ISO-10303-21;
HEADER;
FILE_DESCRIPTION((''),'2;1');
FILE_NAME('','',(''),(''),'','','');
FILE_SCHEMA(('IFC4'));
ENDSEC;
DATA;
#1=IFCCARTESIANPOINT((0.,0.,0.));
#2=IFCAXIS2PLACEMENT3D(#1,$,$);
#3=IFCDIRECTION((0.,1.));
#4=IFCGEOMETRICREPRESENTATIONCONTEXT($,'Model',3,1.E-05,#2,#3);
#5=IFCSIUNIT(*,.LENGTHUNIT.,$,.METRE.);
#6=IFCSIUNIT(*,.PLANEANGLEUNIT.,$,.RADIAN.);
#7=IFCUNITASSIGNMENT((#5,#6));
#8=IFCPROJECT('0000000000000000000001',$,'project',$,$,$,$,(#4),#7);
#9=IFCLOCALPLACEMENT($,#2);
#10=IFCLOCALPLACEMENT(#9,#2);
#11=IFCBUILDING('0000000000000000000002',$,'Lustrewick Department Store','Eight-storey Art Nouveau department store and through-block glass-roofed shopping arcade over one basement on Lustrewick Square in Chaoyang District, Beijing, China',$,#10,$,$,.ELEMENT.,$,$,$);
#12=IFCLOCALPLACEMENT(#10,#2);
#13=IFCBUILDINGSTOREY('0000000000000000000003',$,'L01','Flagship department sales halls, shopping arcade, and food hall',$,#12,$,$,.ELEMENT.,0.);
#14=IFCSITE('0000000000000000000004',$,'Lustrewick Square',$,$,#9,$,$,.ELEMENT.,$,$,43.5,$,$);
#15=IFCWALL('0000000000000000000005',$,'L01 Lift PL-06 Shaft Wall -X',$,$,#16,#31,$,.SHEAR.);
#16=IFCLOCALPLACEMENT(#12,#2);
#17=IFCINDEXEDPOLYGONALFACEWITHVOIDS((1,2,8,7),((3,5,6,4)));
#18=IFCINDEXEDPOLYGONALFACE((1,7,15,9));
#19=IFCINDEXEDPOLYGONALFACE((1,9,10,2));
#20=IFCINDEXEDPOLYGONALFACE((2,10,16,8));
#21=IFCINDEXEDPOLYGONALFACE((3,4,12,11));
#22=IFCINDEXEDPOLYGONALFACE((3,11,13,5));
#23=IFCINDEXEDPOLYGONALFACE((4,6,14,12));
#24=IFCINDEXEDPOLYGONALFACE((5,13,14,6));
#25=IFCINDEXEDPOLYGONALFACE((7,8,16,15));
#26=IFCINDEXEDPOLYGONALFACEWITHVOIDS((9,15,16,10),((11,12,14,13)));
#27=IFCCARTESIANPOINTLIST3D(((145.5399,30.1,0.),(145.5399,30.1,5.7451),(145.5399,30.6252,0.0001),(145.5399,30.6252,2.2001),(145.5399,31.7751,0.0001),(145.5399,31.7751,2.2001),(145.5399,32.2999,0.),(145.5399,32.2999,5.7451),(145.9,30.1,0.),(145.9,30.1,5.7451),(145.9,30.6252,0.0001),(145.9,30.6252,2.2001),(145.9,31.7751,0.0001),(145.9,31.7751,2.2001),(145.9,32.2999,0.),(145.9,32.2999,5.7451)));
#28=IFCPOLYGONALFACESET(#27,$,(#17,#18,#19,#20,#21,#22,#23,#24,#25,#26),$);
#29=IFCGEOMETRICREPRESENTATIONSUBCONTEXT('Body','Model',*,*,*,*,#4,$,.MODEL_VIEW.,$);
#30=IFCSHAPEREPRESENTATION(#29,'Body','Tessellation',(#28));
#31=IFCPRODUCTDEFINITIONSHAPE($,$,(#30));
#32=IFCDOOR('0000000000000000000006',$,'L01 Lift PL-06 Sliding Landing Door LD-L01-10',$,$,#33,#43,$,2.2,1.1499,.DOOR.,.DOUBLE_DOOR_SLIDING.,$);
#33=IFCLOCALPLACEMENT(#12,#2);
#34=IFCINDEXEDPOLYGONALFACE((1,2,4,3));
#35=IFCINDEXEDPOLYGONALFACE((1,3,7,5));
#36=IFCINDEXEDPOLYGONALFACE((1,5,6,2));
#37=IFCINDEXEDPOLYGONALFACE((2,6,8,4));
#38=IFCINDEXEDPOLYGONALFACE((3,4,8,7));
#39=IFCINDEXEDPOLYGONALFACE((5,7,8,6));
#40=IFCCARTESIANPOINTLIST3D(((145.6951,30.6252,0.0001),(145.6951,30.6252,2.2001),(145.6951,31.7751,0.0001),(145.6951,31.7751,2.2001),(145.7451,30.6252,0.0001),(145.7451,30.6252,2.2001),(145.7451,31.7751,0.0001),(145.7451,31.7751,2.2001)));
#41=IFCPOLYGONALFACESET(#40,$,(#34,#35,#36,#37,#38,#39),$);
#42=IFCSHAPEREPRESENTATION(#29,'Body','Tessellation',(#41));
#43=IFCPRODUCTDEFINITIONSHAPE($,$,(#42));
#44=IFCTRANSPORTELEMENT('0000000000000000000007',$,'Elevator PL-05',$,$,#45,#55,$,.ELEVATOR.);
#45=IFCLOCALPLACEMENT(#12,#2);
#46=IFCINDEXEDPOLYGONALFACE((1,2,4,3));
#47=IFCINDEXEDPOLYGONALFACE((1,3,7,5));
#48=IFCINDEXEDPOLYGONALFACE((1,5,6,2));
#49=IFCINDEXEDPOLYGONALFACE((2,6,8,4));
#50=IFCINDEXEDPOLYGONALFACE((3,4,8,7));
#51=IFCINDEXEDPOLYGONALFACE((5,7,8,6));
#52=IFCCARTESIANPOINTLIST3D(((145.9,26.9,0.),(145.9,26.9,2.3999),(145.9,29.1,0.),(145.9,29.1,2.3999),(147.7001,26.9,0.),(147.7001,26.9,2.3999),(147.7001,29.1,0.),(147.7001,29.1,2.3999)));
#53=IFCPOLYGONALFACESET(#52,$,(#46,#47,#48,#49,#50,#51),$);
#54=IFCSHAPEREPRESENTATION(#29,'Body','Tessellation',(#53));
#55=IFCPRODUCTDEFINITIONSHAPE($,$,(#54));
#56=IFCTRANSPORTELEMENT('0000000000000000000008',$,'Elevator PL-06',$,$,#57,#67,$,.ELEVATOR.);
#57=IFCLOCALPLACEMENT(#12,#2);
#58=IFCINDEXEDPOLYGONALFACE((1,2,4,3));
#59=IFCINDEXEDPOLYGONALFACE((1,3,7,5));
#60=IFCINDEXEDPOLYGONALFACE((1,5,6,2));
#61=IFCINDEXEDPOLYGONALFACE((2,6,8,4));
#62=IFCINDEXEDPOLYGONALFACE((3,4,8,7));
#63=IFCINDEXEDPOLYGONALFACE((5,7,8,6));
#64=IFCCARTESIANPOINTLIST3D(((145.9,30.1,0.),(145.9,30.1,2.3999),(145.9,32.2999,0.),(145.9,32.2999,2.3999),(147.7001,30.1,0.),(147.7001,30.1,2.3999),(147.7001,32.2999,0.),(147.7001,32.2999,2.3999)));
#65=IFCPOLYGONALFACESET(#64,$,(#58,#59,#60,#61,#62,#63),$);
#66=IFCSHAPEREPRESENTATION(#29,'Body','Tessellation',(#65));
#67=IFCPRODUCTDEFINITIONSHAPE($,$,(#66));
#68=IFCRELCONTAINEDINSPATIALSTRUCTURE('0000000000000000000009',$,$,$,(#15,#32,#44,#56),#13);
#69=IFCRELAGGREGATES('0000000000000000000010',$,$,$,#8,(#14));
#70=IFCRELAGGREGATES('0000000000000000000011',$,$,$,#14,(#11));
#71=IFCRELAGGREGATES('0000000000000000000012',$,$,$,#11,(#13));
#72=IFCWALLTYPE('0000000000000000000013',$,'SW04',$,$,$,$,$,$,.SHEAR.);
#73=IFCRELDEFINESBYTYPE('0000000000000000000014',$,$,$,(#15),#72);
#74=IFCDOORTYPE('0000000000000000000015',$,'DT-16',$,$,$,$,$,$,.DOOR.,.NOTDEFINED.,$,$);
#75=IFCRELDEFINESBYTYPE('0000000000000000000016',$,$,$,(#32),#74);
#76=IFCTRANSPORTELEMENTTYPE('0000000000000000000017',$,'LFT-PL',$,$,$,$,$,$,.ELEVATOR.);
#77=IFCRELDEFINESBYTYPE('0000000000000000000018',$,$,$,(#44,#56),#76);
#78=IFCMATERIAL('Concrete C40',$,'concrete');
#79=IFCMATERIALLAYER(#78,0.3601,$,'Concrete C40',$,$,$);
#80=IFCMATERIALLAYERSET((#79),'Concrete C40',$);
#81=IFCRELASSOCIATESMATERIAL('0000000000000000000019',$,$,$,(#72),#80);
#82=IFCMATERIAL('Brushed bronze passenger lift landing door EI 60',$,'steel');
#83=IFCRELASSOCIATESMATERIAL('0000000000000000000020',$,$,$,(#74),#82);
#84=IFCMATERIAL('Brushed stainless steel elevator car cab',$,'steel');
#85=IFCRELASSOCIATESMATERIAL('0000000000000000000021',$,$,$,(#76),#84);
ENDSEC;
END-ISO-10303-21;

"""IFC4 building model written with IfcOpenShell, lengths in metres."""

from ifc_helpers import new_model, si_unit, direction, frame, frame_2d, origin, origin_2d, place, context, subcontext, project, spatial, rectangle, extrude, material, layer, layer_set, type_object, element, fill, save


model = new_model("IFC4")

# Units and contexts
model_context = context("Model", 3, precision=1e-05, world=origin(), true_north=direction((0.0, 1.0)))
body_context = subcontext(model_context, "Body", "Model", "MODEL_VIEW")
ifc_project = project(units=[si_unit("LENGTHUNIT", "METRE"), si_unit("PLANEANGLEUNIT", "RADIAN")], contexts=[model_context])

# Site, building, storey
site_placement = place(None, origin())
site = spatial("IfcSite", under=ifc_project, at=site_placement, Name="Lustrewick Square", CompositionType="ELEMENT", RefElevation=43.5)
building_placement = place(site_placement, origin())
building = spatial("IfcBuilding", under=site, at=building_placement, Name="Lustrewick Department Store", Description="Eight-storey Art Nouveau department store and through-block glass-roofed shopping arcade over one basement on Lustrewick Square in Chaoyang District, Beijing, China", CompositionType="ELEMENT")
storey_placement = place(building_placement, origin())
storey = spatial("IfcBuildingStorey", under=building, at=storey_placement, Name="L01", Description="Flagship department sales halls, shopping arcade, and food hall", CompositionType="ELEMENT", Elevation=0.0)

# Shared definitions
ifc_material_1 = material(Name="Concrete C40", Category="concrete")
ifc_layer_1 = layer(ifc_material_1, 0.3601, Name="Concrete C40")
ifc_layer_set_1 = layer_set([ifc_layer_1], Name="Concrete C40")
wall_type_1 = type_object("IfcWallType", Name="SW04", PredefinedType="SHEAR", material=ifc_layer_set_1)

# Shared definitions
ifc_material_2 = material(Name="Brushed bronze passenger lift landing door EI 60", Category="steel")
door_type_1 = type_object("IfcDoorType", Name="DT-16", OperationType="NOTDEFINED", PredefinedType="DOOR", material=ifc_material_2)

# Wall, opening, door
wall_1_placement = place(storey_placement, frame((145.72, 32.3, 0.0), z_axis=(0.0, 0.0, 1.0), x_axis=(0.0, -1.0, 0.0)))
wall_1 = element("IfcWall", 1, at=wall_1_placement, inside=storey, type_object=wall_type_1, Name="L01 Lift PL-06 Shaft Wall -X", PredefinedType="SHEAR", context=body_context, shape_type="SweptSolid", body=[
    extrude(rectangle(XDim=2.2, YDim=0.3601, at=frame_2d((1.1001, 0.0))), origin(), (0.0, 0.0, 1.0), 5.7451),
])
opening_1_placement = place(wall_1_placement, frame((0.5249, 0.0, 0.0)))
opening_1 = element("IfcOpeningElement", 2, at=opening_1_placement, cuts=wall_1, PredefinedType="OPENING", context=body_context, shape_type="SweptSolid", body=[
    extrude(rectangle(XDim=1.1499, YDim=2.2, at=frame_2d((0.575, 1.1001))), frame((0.0, 0.1899, 0.0), z_axis=(0.0, -1.0, 0.0), x_axis=(1.0, 0.0, 0.0)), (0.0, 0.0, 1.0), 0.3801),
])
door_1_placement = place(opening_1_placement, frame((1.1499, 0.0, 0.0), z_axis=(0.0, 0.0, 1.0), x_axis=(-1.0, 0.0, 0.0)))
door_1 = element("IfcDoor", 3, at=door_1_placement, inside=storey, type_object=door_type_1, Name="L01 Lift PL-06 Sliding Landing Door LD-L01-10", OperationType="DOUBLE_DOOR_SLIDING", OverallHeight=2.2, OverallWidth=1.1499, PredefinedType="DOOR", context=body_context, shape_type="SweptSolid", body=[
    extrude(rectangle(XDim=1.1499, YDim=2.2, at=frame_2d((0.575, 1.1001))), frame((0.0, 0.0249, 0.0), z_axis=(0.0, -1.0, 0.0), x_axis=(1.0, 0.0, 0.0)), (0.0, 0.0, 1.0), 0.05),
])
fill(opening_1, door_1)

# Transport elements
ifc_material_3 = material(Name="Brushed stainless steel elevator car cab", Category="steel")
transport_element_type = type_object("IfcTransportElementType", Name="LFT-PL", PredefinedType="ELEVATOR", material=ifc_material_3)
for number, where, z_axis, x_axis, name in (
    (4, (146.8, 28.0, 0.0), (0.0, 0.0, 1.0), (1.0, 0.0, 0.0), "Elevator PL-05"),
    (5, (146.8, 31.2, 0.0), (0.0, 0.0, 1.0), (1.0, 0.0, 0.0), "Elevator PL-06"),
):
    element("IfcTransportElement", number, at=place(storey_placement, frame(where, z_axis=z_axis, x_axis=x_axis)), inside=storey, type_object=transport_element_type, Name=name, PredefinedType="ELEVATOR", context=body_context, shape_type="SweptSolid", body=[
        extrude(rectangle(XDim=1.8, YDim=2.2, at=origin_2d()), origin(), (0.0, 0.0, 1.0), 2.3999),
    ])

save(model, "model.ifc")
